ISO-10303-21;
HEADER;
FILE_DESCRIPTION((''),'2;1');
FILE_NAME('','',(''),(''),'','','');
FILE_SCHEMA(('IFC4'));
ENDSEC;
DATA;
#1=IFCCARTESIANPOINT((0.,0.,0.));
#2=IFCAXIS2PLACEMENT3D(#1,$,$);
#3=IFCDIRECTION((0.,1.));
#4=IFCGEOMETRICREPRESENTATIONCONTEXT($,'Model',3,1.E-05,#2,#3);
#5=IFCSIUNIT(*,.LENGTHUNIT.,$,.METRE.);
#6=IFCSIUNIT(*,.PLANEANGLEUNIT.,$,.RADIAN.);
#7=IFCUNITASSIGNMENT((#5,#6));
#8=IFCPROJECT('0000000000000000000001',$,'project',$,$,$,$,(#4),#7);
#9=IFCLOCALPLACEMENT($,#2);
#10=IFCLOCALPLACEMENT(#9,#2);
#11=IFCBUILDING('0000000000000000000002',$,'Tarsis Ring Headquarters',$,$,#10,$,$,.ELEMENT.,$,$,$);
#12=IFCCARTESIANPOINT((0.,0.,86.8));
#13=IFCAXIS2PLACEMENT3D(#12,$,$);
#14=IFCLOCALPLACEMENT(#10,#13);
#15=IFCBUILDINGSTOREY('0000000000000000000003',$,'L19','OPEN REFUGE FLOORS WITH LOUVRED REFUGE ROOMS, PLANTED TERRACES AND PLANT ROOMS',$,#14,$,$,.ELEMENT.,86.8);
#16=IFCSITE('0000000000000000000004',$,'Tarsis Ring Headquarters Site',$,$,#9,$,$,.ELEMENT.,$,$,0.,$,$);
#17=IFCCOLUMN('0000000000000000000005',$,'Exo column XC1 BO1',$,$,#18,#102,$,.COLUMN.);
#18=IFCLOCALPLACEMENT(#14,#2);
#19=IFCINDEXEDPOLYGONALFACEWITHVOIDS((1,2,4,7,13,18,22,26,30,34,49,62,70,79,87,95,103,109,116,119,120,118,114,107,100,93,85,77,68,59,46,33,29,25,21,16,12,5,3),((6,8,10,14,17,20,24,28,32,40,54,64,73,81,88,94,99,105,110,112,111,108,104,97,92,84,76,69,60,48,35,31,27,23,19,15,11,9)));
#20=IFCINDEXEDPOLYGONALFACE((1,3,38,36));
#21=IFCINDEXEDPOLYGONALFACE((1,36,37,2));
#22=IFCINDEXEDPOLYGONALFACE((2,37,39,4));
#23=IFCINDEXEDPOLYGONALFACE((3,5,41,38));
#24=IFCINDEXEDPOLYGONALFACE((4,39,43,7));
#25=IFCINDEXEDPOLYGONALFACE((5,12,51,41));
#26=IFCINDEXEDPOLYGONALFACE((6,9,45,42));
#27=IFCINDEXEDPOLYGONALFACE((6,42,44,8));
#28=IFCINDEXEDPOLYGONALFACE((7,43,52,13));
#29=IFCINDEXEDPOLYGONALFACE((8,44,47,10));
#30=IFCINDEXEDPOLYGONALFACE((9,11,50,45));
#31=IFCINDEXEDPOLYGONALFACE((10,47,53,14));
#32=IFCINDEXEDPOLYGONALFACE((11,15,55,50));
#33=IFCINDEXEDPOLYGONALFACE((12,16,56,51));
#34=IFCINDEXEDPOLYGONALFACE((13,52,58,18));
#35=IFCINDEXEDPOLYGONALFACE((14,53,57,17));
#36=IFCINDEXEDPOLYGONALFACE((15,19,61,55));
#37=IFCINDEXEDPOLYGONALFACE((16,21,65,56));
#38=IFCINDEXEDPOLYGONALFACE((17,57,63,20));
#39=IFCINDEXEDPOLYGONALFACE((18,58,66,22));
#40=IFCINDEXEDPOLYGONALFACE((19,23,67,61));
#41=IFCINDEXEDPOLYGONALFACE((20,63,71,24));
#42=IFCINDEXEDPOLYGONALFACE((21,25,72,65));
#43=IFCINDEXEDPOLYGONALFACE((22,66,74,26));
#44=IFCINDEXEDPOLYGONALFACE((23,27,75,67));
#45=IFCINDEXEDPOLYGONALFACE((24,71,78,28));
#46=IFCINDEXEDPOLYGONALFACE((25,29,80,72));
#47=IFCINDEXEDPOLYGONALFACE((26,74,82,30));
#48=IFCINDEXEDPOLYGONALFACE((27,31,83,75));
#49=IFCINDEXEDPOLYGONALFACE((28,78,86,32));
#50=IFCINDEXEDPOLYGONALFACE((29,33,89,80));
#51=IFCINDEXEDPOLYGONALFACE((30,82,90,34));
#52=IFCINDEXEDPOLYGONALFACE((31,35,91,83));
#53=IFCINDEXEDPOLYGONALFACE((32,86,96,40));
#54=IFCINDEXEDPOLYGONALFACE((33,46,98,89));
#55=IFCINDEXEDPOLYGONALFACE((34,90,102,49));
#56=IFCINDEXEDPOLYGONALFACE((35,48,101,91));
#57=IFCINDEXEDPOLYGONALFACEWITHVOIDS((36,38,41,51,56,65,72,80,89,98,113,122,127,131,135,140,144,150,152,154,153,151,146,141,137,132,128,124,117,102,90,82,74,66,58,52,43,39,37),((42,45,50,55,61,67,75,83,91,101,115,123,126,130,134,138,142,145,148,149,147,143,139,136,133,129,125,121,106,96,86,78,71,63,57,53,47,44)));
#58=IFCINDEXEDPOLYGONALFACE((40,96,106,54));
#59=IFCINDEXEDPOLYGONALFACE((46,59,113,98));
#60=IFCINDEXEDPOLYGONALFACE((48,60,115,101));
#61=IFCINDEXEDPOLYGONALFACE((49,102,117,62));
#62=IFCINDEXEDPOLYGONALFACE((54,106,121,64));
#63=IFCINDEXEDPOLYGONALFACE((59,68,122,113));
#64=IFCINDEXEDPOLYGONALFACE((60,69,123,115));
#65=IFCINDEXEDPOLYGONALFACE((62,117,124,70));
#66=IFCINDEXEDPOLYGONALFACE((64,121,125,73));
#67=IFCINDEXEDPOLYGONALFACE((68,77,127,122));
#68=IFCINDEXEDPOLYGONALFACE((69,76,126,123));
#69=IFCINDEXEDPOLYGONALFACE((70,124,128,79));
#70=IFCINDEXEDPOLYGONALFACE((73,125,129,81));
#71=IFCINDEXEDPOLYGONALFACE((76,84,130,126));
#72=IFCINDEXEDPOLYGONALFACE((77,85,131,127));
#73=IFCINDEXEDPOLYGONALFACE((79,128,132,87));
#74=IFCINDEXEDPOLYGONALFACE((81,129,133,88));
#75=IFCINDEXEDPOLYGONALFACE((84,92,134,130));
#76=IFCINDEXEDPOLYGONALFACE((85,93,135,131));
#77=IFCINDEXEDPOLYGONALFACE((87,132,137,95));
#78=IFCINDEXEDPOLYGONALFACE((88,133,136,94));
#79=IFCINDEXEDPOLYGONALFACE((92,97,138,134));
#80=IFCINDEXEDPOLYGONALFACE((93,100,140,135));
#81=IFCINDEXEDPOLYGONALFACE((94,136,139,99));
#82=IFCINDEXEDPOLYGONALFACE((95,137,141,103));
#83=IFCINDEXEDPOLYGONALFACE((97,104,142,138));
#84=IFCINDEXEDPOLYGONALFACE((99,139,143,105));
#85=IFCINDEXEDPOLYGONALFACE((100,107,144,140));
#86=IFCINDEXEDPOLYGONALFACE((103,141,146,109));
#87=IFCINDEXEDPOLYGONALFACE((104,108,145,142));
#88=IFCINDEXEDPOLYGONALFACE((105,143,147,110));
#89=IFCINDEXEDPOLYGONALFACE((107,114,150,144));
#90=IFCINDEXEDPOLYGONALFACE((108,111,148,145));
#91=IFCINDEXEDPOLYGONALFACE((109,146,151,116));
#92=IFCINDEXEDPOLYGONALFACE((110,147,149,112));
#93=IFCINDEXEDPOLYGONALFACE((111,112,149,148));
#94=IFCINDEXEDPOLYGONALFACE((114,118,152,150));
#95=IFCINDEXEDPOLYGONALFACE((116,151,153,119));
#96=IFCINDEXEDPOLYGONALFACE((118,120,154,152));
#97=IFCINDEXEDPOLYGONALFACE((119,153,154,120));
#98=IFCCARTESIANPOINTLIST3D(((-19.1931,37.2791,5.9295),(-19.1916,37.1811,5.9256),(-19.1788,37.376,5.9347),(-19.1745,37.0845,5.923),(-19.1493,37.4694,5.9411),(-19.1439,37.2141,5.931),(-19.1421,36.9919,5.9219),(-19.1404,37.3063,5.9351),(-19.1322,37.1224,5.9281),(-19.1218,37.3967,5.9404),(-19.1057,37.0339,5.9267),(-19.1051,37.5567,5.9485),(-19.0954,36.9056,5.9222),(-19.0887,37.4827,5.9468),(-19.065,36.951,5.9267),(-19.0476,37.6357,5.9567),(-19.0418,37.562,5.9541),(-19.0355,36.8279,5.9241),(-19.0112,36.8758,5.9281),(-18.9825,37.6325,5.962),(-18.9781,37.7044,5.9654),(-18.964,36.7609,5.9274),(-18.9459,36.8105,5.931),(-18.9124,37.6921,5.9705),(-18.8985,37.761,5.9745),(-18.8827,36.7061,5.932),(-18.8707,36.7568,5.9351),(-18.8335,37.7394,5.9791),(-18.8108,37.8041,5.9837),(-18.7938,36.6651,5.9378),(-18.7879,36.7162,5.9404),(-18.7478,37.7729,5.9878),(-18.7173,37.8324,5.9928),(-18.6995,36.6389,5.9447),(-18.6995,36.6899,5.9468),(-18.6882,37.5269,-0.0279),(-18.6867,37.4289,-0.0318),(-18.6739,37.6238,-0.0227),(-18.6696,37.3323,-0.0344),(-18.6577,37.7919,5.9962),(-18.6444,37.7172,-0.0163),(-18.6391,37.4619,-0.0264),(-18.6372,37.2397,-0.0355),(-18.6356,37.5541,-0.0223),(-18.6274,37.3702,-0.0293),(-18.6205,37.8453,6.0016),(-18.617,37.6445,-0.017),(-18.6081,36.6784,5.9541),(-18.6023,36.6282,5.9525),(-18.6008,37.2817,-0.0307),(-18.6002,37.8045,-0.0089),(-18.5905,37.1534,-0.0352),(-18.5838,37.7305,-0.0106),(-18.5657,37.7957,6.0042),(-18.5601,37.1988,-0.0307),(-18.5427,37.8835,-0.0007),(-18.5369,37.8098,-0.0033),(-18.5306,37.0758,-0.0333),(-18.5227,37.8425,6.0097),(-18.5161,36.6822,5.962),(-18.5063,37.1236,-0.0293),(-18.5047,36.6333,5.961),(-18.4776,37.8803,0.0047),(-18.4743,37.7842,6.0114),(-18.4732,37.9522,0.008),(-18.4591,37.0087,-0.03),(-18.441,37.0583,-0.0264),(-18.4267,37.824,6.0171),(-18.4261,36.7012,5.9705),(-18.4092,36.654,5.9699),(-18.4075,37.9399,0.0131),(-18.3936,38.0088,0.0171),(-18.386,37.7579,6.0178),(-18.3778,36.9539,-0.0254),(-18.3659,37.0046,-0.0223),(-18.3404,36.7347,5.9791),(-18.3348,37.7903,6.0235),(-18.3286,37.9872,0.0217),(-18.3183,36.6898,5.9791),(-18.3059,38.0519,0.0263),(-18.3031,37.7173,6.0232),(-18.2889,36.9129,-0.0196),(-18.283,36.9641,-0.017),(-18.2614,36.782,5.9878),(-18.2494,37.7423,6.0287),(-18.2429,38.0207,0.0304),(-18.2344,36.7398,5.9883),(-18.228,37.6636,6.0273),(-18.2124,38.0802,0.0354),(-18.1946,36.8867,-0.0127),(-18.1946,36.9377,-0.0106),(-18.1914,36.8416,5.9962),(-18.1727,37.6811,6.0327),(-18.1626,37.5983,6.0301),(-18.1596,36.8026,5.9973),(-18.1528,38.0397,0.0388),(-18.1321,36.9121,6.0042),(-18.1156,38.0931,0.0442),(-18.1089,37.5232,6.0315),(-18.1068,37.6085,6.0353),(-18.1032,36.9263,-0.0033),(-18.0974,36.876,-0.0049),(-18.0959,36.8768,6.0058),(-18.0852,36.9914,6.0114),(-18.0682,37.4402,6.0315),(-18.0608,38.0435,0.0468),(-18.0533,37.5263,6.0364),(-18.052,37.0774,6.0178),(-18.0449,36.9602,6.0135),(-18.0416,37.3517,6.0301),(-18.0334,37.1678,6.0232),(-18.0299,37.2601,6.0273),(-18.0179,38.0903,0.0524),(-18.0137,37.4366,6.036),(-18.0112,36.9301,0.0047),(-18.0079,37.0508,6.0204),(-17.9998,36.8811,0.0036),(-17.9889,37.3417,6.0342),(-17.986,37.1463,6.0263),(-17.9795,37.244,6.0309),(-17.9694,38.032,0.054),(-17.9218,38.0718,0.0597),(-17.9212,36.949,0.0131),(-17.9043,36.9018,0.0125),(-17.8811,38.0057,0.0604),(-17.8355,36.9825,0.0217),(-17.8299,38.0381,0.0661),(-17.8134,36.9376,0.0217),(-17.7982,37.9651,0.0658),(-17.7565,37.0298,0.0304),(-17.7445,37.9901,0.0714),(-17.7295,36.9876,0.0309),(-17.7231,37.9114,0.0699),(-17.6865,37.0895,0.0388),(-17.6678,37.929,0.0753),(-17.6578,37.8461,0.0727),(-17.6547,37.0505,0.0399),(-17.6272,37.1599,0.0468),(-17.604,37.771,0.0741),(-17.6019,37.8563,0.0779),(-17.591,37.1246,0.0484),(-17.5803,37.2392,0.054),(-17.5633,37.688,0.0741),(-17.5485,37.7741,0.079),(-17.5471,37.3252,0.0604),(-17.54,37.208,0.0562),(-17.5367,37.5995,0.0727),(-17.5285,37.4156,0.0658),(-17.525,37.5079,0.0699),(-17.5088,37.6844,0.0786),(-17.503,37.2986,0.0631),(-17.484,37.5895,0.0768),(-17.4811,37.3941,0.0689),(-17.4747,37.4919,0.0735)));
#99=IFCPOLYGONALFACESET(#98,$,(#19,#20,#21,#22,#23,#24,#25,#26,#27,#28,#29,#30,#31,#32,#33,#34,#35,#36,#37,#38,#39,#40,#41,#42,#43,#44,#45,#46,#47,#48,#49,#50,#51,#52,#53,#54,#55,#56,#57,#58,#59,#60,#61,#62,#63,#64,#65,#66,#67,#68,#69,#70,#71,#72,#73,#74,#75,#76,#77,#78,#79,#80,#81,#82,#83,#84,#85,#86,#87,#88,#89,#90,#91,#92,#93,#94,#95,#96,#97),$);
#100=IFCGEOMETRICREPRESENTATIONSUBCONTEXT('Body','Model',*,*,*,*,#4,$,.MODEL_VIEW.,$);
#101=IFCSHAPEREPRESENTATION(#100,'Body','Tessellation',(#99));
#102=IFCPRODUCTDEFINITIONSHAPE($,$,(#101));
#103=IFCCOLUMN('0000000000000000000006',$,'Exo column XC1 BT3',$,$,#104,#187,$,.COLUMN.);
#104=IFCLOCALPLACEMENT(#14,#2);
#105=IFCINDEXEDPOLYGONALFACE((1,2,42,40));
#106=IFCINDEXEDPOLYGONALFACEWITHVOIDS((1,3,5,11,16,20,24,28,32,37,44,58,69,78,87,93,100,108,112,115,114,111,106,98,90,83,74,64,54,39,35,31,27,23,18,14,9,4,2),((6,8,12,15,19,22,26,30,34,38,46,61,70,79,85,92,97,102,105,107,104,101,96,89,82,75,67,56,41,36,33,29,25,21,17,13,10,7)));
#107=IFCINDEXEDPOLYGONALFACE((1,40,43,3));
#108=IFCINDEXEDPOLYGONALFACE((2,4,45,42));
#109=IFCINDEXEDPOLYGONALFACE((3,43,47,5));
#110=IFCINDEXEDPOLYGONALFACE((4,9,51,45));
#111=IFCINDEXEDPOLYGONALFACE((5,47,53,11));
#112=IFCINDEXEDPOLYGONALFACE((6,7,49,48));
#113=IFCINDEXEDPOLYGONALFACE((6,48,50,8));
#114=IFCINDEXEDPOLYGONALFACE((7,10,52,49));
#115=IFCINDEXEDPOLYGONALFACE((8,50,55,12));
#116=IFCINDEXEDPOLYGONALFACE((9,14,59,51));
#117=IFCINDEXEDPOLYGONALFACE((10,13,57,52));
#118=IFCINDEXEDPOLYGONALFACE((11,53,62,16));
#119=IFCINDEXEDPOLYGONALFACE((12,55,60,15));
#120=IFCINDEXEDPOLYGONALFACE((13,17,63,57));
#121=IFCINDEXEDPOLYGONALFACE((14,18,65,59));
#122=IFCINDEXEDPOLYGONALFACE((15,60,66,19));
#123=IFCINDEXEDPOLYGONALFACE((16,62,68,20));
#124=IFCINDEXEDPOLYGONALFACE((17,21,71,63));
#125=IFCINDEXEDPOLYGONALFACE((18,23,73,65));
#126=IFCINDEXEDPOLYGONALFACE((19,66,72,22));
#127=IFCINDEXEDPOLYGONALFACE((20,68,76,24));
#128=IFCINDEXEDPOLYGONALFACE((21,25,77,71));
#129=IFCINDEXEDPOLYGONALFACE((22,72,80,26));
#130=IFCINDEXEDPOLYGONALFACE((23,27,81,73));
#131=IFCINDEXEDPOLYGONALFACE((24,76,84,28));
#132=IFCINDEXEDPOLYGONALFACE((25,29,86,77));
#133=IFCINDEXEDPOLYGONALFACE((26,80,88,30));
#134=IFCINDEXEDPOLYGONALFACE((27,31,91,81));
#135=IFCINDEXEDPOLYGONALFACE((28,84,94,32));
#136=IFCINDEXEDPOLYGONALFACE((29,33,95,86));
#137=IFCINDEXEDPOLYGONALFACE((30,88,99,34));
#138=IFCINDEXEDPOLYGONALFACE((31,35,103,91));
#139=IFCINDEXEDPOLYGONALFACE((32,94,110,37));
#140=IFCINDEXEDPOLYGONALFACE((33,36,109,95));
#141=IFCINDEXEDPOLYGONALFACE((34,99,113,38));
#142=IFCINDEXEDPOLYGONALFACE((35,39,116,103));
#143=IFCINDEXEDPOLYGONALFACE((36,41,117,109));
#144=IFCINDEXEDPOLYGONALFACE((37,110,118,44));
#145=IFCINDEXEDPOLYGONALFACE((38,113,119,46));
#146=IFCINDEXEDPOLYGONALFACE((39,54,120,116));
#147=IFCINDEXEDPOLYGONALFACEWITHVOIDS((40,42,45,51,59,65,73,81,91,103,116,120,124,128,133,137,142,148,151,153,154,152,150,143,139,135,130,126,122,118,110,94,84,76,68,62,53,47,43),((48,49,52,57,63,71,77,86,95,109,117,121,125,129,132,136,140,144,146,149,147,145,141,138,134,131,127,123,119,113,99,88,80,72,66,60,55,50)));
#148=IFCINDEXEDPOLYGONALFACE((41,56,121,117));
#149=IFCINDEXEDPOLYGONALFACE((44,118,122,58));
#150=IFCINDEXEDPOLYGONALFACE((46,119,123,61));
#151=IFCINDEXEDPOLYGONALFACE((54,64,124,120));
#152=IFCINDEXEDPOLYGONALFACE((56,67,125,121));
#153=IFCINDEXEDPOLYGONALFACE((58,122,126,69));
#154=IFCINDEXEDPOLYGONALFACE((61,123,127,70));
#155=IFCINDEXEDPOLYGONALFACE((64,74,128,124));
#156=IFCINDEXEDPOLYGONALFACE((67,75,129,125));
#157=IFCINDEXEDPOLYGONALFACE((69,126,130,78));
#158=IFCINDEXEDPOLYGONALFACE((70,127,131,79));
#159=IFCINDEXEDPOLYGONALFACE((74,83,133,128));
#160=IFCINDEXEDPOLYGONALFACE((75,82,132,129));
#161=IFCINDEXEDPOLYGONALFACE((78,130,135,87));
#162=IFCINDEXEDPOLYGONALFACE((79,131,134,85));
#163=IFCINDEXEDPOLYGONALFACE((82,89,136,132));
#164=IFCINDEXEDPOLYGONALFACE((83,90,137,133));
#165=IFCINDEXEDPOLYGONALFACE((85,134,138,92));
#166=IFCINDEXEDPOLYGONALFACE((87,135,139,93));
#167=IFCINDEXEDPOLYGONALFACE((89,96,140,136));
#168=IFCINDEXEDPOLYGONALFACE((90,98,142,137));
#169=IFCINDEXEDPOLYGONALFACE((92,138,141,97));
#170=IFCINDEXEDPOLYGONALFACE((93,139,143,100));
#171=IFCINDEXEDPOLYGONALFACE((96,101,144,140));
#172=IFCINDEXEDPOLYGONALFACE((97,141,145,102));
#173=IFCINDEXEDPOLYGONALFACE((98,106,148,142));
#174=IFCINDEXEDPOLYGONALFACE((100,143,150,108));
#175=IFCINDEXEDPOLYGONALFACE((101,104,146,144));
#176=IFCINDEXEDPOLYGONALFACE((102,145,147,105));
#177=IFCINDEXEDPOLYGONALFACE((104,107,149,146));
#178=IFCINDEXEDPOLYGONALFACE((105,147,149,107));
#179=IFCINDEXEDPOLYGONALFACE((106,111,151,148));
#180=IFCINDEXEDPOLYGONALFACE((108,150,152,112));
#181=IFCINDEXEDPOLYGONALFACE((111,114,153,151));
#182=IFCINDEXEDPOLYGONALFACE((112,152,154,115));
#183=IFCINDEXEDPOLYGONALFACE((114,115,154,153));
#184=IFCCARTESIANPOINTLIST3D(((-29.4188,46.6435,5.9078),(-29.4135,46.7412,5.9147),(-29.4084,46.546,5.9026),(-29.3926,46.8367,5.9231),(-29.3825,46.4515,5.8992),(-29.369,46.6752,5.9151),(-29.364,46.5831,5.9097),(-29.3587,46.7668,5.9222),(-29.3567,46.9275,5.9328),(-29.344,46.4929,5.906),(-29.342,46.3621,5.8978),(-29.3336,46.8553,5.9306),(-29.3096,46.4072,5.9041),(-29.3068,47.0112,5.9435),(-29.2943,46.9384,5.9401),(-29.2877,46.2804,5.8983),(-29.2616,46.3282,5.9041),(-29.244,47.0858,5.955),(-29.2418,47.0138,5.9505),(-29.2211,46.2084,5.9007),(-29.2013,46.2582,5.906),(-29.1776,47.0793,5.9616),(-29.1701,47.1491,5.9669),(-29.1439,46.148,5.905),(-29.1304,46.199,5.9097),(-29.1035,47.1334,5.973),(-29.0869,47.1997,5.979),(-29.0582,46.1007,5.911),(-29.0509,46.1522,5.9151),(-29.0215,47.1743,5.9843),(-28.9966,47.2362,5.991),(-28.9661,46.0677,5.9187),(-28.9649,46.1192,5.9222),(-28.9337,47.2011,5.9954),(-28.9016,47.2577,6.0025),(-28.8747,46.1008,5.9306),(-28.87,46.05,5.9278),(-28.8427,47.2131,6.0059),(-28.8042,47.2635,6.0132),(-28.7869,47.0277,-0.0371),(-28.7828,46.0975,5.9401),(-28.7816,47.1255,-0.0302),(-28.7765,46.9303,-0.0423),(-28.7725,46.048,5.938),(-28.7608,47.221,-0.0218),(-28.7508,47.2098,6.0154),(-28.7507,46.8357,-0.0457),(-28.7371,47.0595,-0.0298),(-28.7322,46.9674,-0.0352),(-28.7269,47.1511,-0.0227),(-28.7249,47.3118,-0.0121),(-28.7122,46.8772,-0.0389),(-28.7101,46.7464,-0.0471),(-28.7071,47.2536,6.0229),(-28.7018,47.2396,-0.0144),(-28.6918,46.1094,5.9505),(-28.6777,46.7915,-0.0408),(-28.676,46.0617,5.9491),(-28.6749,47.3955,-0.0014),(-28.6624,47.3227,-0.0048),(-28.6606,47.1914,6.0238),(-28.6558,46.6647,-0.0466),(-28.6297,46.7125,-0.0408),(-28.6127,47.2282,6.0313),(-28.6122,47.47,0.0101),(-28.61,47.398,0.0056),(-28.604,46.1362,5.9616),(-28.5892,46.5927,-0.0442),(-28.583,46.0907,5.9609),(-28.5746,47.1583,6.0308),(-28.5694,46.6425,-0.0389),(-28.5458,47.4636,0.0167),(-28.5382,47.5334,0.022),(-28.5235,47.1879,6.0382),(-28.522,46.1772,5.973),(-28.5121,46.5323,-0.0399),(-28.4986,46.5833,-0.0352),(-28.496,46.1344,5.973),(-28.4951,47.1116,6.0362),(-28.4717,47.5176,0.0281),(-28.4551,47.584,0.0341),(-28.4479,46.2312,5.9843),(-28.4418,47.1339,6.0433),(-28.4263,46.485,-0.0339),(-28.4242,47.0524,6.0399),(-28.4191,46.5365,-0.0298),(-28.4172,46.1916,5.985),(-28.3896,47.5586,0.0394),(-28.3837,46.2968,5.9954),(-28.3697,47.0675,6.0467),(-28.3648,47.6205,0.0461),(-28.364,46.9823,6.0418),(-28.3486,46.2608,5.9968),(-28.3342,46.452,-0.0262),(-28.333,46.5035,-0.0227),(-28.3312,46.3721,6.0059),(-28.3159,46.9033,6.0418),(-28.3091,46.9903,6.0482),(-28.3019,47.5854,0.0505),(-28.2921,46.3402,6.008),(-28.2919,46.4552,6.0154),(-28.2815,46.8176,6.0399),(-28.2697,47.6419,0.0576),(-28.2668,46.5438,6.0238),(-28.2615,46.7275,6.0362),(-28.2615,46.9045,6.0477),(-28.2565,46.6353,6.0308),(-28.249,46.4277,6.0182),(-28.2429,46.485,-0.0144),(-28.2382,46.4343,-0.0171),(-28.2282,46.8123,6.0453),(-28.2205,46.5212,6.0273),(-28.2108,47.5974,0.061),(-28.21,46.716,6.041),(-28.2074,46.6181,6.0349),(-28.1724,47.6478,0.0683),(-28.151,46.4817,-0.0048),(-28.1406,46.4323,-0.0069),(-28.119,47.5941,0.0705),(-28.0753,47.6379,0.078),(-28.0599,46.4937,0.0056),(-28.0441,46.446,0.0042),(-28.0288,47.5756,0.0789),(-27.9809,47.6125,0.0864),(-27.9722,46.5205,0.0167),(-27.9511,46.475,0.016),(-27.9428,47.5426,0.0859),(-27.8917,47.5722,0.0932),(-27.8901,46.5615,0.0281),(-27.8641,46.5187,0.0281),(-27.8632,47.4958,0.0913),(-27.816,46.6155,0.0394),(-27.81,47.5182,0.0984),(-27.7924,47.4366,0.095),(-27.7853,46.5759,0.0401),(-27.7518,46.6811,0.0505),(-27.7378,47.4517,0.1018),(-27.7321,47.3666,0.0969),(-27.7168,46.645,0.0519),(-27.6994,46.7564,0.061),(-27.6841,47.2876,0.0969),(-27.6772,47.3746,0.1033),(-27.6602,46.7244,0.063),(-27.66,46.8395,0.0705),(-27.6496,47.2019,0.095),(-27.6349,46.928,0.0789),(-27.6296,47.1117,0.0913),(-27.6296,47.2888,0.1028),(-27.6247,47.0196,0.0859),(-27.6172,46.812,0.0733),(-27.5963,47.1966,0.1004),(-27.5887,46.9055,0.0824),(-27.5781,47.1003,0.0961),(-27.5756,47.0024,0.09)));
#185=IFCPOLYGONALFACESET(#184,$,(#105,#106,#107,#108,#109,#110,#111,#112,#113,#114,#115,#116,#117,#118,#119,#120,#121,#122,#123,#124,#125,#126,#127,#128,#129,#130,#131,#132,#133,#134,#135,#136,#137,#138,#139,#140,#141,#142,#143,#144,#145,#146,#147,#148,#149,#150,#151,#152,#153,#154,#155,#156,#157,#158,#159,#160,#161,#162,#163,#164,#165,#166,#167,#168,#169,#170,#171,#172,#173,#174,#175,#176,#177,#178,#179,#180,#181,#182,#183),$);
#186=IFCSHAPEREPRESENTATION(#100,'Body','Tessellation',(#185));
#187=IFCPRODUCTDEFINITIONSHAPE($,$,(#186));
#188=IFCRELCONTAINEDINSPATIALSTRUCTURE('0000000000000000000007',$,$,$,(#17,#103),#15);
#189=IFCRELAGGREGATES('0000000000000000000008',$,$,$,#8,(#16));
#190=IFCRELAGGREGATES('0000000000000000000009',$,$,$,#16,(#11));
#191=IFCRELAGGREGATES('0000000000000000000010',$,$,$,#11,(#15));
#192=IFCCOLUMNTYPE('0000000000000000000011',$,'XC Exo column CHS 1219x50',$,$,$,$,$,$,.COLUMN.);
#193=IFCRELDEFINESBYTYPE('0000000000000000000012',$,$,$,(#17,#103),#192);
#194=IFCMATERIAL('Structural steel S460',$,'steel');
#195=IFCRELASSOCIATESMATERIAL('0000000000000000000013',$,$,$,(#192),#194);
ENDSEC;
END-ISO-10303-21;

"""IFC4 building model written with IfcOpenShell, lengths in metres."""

from ifc_helpers import new_model, si_unit, direction, frame, origin, origin_2d, place, context, subcontext, project, spatial, hollow_circle, extrude, material, material_profile, profile_set, type_object, element, save


model = new_model("IFC4")

# Units and contexts
model_context = context("Model", 3, precision=1e-05, world=origin(), true_north=direction((0.0, 1.0)))
body_context = subcontext(model_context, "Body", "Model", "MODEL_VIEW")
ifc_project = project(units=[si_unit("LENGTHUNIT", "METRE"), si_unit("PLANEANGLEUNIT", "RADIAN")], contexts=[model_context])

# Site, building, storey
site_placement = place(None, origin())
site = spatial("IfcSite", under=ifc_project, at=site_placement, Name="Tarsis Ring Headquarters Site", CompositionType="ELEMENT", RefElevation=0.0)
building_placement = place(site_placement, origin())
building = spatial("IfcBuilding", under=site, at=building_placement, Name="Tarsis Ring Headquarters", CompositionType="ELEMENT")
storey_placement = place(building_placement, frame((0.0, 0.0, 86.8)))
storey = spatial("IfcBuildingStorey", under=building, at=storey_placement, Name="L19", Description="OPEN REFUGE FLOORS WITH LOUVRED REFUGE ROOMS, PLANTED TERRACES AND PLANT ROOMS", CompositionType="ELEMENT", Elevation=86.8)

# Columns
ifc_material_1 = material(Name="Structural steel S460", Category="steel")
ifc_material_profile_1 = material_profile(ifc_material_1, hollow_circle(Radius=0.6096, WallThickness=0.05, at=origin_2d()), Name="CHS 1219x50")
ifc_profile_set_1 = profile_set([ifc_material_profile_1], Name="Structural steel S460")
column_type = type_object("IfcColumnType", Name="XC Exo column CHS 1219x50", PredefinedType="COLUMN", material=ifc_profile_set_1)
column_1_placement = place(storey_placement, frame((-18.082, 37.4849, 0.0217), z_axis=(-0.084375, -0.041413, 0.995573), x_axis=(0.440603, -0.897702, 0.0)))
element("IfcColumn", 1, at=column_1_placement, inside=storey, type_object=column_type, Name="Exo column XC1 BO1", PredefinedType="COLUMN", context=body_context, shape_type="SweptSolid", body=[
    extrude(hollow_circle(Radius=0.6096, WallThickness=0.05, at=origin_2d()), origin(), (0.0, 0.0, 1.0), 5.9839),
])
column_2_placement = place(storey_placement, frame((-28.1809, 47.0396, 0.0281), z_axis=(-0.10547, -0.064146, 0.992351), x_axis=(0.519633, -0.85439, 0.0)))
element("IfcColumn", 2, at=column_2_placement, inside=storey, type_object=column_type, Name="Exo column XC1 BT3", PredefinedType="COLUMN", context=body_context, shape_type="SweptSolid", body=[
    extrude(hollow_circle(Radius=0.6096, WallThickness=0.05, at=origin_2d()), origin(), (0.0, 0.0, 1.0), 5.9907),
])

save(model, "model.ifc")
